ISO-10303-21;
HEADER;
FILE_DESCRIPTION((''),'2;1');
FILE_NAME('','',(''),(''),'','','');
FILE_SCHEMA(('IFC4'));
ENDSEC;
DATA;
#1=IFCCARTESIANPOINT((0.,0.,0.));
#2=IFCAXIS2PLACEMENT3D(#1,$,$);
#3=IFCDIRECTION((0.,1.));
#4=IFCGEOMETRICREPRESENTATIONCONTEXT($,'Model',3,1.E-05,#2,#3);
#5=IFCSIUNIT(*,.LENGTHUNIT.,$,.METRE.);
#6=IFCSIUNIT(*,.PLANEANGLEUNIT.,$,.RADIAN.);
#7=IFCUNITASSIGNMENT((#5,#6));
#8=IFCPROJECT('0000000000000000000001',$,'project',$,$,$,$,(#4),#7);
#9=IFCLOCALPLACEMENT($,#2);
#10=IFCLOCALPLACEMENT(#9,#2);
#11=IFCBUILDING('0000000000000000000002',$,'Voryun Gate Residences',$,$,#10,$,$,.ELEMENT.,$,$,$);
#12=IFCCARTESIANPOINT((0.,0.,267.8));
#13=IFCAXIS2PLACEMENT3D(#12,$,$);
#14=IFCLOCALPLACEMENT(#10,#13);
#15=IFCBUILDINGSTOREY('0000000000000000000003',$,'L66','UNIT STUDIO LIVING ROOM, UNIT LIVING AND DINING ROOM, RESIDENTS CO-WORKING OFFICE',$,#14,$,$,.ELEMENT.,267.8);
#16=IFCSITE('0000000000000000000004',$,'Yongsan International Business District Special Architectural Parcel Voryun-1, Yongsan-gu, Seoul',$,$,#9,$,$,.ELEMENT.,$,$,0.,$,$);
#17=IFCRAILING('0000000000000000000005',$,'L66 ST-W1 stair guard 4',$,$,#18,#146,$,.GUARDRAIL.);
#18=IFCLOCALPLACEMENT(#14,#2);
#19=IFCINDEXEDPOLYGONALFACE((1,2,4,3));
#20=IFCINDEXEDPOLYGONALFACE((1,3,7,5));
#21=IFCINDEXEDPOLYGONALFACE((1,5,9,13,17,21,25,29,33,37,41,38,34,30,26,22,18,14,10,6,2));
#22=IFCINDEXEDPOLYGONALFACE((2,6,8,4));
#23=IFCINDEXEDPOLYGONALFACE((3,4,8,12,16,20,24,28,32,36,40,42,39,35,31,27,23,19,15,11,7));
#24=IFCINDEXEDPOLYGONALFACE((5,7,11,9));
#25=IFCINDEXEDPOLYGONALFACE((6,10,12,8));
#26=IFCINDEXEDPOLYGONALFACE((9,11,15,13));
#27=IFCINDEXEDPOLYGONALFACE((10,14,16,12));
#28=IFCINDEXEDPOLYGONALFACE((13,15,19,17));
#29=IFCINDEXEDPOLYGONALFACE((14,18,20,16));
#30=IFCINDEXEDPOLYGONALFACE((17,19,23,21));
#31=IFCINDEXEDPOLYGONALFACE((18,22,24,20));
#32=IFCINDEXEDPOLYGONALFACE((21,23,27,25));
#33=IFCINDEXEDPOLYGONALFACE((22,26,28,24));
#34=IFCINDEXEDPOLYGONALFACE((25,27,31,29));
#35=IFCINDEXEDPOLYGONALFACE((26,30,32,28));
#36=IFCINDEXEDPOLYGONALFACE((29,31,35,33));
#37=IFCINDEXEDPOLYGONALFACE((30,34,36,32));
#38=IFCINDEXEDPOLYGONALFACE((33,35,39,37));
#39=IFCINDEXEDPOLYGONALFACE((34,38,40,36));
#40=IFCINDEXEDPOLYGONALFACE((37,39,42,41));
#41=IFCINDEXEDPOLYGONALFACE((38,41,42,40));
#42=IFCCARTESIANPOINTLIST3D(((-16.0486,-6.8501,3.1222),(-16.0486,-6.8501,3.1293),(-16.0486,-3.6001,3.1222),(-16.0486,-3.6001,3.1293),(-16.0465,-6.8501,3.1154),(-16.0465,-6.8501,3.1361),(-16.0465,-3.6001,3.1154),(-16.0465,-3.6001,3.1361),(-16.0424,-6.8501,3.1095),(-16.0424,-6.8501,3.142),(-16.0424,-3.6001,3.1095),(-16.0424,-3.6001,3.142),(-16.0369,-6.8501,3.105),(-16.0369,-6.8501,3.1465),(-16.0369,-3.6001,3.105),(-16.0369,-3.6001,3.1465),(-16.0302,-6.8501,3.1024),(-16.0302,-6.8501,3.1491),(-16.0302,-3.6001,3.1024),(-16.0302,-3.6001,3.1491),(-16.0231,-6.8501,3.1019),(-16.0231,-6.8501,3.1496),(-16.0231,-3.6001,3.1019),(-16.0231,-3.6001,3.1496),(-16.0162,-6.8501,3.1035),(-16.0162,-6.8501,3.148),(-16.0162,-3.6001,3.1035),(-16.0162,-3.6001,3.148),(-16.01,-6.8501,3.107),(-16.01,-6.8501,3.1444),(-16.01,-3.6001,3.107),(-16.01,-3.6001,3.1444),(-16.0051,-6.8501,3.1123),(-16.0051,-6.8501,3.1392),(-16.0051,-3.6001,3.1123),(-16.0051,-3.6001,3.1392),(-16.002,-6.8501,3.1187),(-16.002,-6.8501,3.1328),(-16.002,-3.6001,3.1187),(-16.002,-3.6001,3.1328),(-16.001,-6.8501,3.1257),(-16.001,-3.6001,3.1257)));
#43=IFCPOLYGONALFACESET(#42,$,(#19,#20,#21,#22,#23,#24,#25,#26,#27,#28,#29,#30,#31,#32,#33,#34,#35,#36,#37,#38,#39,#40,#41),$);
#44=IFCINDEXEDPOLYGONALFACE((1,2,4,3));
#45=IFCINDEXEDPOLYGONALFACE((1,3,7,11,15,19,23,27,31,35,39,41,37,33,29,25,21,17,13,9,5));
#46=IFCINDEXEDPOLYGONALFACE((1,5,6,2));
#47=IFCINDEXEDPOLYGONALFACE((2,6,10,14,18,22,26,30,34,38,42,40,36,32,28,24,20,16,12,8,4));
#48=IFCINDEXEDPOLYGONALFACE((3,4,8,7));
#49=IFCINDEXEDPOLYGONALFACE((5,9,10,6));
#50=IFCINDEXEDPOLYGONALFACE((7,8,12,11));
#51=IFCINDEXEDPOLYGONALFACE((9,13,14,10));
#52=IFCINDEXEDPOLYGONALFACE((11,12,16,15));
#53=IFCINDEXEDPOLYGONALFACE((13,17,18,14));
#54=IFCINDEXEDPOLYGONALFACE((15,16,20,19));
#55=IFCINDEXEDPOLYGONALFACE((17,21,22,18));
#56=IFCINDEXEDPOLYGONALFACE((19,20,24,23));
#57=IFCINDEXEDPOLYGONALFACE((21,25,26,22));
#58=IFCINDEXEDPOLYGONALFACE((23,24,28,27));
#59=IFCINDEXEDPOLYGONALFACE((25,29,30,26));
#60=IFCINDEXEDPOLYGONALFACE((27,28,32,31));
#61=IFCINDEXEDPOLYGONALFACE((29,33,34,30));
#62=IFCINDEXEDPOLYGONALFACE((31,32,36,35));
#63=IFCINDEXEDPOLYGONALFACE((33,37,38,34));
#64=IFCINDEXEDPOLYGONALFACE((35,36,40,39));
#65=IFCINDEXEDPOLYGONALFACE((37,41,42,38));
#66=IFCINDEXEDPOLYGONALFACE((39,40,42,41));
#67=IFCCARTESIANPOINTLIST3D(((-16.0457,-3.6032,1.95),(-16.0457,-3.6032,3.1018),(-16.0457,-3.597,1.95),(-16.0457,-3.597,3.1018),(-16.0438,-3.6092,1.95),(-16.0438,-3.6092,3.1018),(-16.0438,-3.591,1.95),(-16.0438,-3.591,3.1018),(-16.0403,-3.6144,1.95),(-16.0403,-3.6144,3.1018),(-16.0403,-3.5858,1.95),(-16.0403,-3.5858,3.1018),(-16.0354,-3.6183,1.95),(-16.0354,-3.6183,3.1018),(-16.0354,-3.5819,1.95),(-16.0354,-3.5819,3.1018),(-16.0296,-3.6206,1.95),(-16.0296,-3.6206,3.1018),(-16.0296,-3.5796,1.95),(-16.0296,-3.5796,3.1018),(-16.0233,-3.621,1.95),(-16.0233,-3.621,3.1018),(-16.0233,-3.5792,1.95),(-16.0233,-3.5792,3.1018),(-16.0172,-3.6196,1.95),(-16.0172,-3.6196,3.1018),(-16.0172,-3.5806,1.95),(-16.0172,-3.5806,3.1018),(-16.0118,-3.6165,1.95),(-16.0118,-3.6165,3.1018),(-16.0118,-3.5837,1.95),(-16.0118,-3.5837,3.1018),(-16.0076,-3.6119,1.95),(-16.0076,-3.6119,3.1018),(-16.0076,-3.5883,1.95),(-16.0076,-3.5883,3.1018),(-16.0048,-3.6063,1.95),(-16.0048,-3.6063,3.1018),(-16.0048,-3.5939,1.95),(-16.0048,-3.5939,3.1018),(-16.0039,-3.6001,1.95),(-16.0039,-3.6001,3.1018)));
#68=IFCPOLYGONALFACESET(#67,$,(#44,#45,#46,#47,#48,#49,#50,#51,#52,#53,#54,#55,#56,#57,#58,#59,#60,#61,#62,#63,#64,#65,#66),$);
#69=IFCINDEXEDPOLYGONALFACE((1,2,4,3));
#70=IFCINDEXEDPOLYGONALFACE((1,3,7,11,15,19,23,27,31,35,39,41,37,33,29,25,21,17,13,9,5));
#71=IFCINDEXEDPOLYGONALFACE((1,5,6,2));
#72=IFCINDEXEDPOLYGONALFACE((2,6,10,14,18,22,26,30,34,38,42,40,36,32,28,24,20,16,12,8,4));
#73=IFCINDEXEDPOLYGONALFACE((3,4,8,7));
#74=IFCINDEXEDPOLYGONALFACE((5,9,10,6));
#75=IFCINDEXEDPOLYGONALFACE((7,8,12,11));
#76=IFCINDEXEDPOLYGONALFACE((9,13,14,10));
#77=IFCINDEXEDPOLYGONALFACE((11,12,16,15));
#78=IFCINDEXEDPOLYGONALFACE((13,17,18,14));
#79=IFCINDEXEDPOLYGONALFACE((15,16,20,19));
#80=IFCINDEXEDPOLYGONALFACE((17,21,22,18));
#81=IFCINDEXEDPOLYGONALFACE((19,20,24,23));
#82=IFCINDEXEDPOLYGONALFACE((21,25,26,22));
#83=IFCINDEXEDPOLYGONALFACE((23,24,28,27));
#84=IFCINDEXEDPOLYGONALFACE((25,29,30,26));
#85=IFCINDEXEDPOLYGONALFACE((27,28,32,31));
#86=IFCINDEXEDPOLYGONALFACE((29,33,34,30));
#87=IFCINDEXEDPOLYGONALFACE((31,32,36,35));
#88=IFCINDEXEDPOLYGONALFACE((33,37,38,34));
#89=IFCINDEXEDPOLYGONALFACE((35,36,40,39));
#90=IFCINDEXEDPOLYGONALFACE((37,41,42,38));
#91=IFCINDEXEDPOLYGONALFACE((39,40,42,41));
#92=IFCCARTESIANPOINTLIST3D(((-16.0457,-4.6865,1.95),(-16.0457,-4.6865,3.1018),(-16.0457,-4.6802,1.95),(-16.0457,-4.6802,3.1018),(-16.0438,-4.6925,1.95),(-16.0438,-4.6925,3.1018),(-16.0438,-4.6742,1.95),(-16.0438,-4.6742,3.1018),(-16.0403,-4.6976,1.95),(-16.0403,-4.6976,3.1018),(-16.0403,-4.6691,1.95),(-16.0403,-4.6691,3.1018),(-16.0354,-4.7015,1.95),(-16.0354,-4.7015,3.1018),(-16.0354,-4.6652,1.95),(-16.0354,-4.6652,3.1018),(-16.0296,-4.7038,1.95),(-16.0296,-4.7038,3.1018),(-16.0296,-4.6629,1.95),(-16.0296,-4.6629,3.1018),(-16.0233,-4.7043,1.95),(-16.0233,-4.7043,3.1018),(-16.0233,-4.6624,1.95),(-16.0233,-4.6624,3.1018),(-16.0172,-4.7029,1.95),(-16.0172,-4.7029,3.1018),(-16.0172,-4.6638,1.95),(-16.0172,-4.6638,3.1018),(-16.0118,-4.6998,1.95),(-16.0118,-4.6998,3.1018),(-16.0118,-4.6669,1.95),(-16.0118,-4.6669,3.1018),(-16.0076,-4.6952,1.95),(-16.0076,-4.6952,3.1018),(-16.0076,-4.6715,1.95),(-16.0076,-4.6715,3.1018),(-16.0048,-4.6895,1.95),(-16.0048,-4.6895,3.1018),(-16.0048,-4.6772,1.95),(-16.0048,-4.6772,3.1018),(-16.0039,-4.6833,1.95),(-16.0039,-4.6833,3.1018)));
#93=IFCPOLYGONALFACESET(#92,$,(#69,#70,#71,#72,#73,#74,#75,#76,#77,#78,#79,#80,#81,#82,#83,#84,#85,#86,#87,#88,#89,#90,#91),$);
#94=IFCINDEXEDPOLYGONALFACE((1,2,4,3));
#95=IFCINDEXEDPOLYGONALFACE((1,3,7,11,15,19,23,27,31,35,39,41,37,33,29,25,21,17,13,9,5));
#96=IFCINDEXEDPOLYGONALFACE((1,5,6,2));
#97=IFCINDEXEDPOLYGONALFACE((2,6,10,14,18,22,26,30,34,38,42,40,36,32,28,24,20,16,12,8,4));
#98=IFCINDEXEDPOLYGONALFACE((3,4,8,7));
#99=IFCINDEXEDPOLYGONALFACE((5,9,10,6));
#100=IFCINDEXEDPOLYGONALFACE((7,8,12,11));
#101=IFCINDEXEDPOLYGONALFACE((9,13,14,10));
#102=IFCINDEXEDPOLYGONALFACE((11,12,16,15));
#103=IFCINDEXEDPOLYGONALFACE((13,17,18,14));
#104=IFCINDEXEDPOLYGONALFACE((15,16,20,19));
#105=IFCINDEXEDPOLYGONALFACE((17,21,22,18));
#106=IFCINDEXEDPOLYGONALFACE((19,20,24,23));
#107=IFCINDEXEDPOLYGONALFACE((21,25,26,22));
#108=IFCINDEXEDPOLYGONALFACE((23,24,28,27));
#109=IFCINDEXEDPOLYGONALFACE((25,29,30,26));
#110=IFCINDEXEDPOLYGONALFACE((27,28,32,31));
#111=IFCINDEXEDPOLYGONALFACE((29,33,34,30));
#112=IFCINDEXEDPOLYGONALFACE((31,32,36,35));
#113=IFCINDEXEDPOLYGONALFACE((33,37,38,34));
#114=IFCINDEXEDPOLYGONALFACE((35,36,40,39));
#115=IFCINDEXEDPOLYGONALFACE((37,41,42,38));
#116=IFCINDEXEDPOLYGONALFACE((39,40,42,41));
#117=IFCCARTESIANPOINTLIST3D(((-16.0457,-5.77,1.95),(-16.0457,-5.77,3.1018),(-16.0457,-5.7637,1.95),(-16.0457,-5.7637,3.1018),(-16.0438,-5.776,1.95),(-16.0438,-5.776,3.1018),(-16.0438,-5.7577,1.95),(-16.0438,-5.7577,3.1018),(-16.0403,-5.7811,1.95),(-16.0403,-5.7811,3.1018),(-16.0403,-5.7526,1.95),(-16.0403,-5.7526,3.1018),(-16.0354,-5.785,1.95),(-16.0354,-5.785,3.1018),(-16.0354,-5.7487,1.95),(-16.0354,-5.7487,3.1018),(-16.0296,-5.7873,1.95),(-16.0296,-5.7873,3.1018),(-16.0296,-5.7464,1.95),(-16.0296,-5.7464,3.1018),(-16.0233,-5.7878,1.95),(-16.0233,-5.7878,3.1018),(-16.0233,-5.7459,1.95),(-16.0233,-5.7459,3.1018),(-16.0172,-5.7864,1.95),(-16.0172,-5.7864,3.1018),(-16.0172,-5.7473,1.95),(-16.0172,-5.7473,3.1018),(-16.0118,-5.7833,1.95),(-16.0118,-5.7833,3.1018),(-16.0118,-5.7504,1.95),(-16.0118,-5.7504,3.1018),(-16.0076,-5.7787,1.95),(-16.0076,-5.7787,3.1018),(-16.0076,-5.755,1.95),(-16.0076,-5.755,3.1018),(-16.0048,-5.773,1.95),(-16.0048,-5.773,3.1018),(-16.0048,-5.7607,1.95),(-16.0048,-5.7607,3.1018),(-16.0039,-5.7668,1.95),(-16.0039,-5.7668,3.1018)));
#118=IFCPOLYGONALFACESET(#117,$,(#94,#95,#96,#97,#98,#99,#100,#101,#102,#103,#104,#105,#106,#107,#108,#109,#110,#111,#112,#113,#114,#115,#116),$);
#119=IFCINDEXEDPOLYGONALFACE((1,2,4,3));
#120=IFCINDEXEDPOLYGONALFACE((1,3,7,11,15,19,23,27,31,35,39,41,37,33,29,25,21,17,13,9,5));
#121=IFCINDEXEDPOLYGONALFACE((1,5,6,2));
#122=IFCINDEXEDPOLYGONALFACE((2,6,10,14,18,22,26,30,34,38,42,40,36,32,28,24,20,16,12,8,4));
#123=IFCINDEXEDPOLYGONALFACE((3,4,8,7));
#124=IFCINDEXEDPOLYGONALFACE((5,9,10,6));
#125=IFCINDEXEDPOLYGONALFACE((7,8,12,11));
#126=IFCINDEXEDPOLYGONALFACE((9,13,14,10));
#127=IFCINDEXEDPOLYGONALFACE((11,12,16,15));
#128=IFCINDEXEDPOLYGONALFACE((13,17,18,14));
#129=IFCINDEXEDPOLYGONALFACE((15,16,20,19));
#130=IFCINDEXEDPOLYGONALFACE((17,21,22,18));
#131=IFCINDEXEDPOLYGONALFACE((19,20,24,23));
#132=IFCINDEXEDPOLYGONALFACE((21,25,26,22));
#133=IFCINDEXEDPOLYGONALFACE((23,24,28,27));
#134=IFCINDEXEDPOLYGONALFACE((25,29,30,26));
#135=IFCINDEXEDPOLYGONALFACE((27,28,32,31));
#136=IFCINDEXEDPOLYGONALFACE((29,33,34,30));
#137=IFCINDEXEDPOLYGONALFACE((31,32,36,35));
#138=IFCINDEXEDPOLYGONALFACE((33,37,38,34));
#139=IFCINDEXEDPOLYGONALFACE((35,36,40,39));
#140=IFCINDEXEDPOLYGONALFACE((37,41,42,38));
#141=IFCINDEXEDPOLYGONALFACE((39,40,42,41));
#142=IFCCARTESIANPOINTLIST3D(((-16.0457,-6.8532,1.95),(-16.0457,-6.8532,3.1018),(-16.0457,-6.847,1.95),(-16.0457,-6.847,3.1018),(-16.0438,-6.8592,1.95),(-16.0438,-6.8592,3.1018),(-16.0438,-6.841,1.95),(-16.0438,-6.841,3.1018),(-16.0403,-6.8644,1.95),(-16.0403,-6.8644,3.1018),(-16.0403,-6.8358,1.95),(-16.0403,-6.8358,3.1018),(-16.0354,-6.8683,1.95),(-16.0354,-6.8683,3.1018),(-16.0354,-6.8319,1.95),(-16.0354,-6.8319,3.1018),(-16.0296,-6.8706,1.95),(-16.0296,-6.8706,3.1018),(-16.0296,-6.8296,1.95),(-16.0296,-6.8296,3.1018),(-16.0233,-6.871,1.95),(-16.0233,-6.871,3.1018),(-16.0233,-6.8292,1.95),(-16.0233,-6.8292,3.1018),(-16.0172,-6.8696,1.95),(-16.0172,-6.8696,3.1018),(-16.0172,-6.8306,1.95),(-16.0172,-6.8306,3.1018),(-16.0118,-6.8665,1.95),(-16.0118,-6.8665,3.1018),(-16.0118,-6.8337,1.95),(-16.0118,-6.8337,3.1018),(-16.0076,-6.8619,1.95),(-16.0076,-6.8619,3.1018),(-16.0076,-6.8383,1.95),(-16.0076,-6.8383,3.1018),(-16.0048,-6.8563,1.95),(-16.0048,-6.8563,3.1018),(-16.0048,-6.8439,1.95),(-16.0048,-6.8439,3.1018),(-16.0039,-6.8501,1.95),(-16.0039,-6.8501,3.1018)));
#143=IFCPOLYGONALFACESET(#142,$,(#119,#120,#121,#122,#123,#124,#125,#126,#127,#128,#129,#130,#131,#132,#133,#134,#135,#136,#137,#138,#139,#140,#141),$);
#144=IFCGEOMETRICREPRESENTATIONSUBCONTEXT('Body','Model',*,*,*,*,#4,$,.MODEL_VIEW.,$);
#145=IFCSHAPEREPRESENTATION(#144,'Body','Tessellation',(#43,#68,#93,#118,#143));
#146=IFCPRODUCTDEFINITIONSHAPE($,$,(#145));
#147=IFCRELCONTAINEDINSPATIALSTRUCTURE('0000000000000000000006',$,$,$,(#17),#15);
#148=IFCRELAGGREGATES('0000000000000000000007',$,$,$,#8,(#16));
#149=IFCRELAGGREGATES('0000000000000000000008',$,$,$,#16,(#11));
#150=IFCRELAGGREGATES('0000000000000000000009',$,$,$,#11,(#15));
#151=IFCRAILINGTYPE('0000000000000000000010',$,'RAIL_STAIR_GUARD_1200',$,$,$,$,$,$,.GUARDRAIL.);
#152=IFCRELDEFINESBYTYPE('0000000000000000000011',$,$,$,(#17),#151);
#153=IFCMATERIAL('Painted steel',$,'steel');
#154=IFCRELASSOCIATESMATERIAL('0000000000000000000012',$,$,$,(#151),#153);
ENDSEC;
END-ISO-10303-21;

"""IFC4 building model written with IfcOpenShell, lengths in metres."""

from ifc_helpers import new_model, si_unit, direction, frame, origin, origin_2d, place, context, subcontext, project, spatial, circle, extrude, material, type_object, element, save


model = new_model("IFC4")

# Units and contexts
model_context = context("Model", 3, precision=1e-05, world=origin(), true_north=direction((0.0, 1.0)))
body_context = subcontext(model_context, "Body", "Model", "MODEL_VIEW")
ifc_project = project(units=[si_unit("LENGTHUNIT", "METRE"), si_unit("PLANEANGLEUNIT", "RADIAN")], contexts=[model_context])

# Site, building, storey
site_placement = place(None, origin())
site = spatial("IfcSite", under=ifc_project, at=site_placement, Name="Yongsan International Business District Special Architectural Parcel Voryun-1, Yongsan-gu, Seoul", CompositionType="ELEMENT", RefElevation=0.0)
building_placement = place(site_placement, origin())
building = spatial("IfcBuilding", under=site, at=building_placement, Name="Voryun Gate Residences", CompositionType="ELEMENT")
storey_placement = place(building_placement, frame((0.0, 0.0, 267.8)))
storey = spatial("IfcBuildingStorey", under=building, at=storey_placement, Name="L66", Description="UNIT STUDIO LIVING ROOM, UNIT LIVING AND DINING ROOM, RESIDENTS CO-WORKING OFFICE", CompositionType="ELEMENT", Elevation=267.8)

# Railing
ifc_material_1 = material(Name="Painted steel", Category="steel")
railing_type_1 = type_object("IfcRailingType", Name="RAIL_STAIR_GUARD_1200", PredefinedType="GUARDRAIL", material=ifc_material_1)
railing_1_placement = place(storey_placement, frame((-16.0249, -3.6001, 1.95)))
element("IfcRailing", 1, at=railing_1_placement, inside=storey, type_object=railing_type_1, Name="L66 ST-W1 stair guard 4", PredefinedType="GUARDRAIL", context=body_context, shape_type="SweptSolid", body=[
    extrude(circle(Radius=0.0239, at=origin_2d()), frame((0.0, 0.0, 1.1758), z_axis=(0.0, -1.0, 0.0), x_axis=(1.0, 0.0, 0.0)), (0.0, 0.0, 1.0), 3.25),
    extrude(circle(Radius=0.021, at=origin_2d()), origin(), (0.0, 0.0, 1.0), 1.1519),
    extrude(circle(Radius=0.021, at=origin_2d()), frame((0.0, -1.0833, 0.0)), (0.0, 0.0, 1.0), 1.1519),
    extrude(circle(Radius=0.021, at=origin_2d()), frame((0.0, -2.1667, 0.0)), (0.0, 0.0, 1.0), 1.1519),
    extrude(circle(Radius=0.021, at=origin_2d()), frame((0.0, -3.25, 0.0)), (0.0, 0.0, 1.0), 1.1519),
])

save(model, "model.ifc")
